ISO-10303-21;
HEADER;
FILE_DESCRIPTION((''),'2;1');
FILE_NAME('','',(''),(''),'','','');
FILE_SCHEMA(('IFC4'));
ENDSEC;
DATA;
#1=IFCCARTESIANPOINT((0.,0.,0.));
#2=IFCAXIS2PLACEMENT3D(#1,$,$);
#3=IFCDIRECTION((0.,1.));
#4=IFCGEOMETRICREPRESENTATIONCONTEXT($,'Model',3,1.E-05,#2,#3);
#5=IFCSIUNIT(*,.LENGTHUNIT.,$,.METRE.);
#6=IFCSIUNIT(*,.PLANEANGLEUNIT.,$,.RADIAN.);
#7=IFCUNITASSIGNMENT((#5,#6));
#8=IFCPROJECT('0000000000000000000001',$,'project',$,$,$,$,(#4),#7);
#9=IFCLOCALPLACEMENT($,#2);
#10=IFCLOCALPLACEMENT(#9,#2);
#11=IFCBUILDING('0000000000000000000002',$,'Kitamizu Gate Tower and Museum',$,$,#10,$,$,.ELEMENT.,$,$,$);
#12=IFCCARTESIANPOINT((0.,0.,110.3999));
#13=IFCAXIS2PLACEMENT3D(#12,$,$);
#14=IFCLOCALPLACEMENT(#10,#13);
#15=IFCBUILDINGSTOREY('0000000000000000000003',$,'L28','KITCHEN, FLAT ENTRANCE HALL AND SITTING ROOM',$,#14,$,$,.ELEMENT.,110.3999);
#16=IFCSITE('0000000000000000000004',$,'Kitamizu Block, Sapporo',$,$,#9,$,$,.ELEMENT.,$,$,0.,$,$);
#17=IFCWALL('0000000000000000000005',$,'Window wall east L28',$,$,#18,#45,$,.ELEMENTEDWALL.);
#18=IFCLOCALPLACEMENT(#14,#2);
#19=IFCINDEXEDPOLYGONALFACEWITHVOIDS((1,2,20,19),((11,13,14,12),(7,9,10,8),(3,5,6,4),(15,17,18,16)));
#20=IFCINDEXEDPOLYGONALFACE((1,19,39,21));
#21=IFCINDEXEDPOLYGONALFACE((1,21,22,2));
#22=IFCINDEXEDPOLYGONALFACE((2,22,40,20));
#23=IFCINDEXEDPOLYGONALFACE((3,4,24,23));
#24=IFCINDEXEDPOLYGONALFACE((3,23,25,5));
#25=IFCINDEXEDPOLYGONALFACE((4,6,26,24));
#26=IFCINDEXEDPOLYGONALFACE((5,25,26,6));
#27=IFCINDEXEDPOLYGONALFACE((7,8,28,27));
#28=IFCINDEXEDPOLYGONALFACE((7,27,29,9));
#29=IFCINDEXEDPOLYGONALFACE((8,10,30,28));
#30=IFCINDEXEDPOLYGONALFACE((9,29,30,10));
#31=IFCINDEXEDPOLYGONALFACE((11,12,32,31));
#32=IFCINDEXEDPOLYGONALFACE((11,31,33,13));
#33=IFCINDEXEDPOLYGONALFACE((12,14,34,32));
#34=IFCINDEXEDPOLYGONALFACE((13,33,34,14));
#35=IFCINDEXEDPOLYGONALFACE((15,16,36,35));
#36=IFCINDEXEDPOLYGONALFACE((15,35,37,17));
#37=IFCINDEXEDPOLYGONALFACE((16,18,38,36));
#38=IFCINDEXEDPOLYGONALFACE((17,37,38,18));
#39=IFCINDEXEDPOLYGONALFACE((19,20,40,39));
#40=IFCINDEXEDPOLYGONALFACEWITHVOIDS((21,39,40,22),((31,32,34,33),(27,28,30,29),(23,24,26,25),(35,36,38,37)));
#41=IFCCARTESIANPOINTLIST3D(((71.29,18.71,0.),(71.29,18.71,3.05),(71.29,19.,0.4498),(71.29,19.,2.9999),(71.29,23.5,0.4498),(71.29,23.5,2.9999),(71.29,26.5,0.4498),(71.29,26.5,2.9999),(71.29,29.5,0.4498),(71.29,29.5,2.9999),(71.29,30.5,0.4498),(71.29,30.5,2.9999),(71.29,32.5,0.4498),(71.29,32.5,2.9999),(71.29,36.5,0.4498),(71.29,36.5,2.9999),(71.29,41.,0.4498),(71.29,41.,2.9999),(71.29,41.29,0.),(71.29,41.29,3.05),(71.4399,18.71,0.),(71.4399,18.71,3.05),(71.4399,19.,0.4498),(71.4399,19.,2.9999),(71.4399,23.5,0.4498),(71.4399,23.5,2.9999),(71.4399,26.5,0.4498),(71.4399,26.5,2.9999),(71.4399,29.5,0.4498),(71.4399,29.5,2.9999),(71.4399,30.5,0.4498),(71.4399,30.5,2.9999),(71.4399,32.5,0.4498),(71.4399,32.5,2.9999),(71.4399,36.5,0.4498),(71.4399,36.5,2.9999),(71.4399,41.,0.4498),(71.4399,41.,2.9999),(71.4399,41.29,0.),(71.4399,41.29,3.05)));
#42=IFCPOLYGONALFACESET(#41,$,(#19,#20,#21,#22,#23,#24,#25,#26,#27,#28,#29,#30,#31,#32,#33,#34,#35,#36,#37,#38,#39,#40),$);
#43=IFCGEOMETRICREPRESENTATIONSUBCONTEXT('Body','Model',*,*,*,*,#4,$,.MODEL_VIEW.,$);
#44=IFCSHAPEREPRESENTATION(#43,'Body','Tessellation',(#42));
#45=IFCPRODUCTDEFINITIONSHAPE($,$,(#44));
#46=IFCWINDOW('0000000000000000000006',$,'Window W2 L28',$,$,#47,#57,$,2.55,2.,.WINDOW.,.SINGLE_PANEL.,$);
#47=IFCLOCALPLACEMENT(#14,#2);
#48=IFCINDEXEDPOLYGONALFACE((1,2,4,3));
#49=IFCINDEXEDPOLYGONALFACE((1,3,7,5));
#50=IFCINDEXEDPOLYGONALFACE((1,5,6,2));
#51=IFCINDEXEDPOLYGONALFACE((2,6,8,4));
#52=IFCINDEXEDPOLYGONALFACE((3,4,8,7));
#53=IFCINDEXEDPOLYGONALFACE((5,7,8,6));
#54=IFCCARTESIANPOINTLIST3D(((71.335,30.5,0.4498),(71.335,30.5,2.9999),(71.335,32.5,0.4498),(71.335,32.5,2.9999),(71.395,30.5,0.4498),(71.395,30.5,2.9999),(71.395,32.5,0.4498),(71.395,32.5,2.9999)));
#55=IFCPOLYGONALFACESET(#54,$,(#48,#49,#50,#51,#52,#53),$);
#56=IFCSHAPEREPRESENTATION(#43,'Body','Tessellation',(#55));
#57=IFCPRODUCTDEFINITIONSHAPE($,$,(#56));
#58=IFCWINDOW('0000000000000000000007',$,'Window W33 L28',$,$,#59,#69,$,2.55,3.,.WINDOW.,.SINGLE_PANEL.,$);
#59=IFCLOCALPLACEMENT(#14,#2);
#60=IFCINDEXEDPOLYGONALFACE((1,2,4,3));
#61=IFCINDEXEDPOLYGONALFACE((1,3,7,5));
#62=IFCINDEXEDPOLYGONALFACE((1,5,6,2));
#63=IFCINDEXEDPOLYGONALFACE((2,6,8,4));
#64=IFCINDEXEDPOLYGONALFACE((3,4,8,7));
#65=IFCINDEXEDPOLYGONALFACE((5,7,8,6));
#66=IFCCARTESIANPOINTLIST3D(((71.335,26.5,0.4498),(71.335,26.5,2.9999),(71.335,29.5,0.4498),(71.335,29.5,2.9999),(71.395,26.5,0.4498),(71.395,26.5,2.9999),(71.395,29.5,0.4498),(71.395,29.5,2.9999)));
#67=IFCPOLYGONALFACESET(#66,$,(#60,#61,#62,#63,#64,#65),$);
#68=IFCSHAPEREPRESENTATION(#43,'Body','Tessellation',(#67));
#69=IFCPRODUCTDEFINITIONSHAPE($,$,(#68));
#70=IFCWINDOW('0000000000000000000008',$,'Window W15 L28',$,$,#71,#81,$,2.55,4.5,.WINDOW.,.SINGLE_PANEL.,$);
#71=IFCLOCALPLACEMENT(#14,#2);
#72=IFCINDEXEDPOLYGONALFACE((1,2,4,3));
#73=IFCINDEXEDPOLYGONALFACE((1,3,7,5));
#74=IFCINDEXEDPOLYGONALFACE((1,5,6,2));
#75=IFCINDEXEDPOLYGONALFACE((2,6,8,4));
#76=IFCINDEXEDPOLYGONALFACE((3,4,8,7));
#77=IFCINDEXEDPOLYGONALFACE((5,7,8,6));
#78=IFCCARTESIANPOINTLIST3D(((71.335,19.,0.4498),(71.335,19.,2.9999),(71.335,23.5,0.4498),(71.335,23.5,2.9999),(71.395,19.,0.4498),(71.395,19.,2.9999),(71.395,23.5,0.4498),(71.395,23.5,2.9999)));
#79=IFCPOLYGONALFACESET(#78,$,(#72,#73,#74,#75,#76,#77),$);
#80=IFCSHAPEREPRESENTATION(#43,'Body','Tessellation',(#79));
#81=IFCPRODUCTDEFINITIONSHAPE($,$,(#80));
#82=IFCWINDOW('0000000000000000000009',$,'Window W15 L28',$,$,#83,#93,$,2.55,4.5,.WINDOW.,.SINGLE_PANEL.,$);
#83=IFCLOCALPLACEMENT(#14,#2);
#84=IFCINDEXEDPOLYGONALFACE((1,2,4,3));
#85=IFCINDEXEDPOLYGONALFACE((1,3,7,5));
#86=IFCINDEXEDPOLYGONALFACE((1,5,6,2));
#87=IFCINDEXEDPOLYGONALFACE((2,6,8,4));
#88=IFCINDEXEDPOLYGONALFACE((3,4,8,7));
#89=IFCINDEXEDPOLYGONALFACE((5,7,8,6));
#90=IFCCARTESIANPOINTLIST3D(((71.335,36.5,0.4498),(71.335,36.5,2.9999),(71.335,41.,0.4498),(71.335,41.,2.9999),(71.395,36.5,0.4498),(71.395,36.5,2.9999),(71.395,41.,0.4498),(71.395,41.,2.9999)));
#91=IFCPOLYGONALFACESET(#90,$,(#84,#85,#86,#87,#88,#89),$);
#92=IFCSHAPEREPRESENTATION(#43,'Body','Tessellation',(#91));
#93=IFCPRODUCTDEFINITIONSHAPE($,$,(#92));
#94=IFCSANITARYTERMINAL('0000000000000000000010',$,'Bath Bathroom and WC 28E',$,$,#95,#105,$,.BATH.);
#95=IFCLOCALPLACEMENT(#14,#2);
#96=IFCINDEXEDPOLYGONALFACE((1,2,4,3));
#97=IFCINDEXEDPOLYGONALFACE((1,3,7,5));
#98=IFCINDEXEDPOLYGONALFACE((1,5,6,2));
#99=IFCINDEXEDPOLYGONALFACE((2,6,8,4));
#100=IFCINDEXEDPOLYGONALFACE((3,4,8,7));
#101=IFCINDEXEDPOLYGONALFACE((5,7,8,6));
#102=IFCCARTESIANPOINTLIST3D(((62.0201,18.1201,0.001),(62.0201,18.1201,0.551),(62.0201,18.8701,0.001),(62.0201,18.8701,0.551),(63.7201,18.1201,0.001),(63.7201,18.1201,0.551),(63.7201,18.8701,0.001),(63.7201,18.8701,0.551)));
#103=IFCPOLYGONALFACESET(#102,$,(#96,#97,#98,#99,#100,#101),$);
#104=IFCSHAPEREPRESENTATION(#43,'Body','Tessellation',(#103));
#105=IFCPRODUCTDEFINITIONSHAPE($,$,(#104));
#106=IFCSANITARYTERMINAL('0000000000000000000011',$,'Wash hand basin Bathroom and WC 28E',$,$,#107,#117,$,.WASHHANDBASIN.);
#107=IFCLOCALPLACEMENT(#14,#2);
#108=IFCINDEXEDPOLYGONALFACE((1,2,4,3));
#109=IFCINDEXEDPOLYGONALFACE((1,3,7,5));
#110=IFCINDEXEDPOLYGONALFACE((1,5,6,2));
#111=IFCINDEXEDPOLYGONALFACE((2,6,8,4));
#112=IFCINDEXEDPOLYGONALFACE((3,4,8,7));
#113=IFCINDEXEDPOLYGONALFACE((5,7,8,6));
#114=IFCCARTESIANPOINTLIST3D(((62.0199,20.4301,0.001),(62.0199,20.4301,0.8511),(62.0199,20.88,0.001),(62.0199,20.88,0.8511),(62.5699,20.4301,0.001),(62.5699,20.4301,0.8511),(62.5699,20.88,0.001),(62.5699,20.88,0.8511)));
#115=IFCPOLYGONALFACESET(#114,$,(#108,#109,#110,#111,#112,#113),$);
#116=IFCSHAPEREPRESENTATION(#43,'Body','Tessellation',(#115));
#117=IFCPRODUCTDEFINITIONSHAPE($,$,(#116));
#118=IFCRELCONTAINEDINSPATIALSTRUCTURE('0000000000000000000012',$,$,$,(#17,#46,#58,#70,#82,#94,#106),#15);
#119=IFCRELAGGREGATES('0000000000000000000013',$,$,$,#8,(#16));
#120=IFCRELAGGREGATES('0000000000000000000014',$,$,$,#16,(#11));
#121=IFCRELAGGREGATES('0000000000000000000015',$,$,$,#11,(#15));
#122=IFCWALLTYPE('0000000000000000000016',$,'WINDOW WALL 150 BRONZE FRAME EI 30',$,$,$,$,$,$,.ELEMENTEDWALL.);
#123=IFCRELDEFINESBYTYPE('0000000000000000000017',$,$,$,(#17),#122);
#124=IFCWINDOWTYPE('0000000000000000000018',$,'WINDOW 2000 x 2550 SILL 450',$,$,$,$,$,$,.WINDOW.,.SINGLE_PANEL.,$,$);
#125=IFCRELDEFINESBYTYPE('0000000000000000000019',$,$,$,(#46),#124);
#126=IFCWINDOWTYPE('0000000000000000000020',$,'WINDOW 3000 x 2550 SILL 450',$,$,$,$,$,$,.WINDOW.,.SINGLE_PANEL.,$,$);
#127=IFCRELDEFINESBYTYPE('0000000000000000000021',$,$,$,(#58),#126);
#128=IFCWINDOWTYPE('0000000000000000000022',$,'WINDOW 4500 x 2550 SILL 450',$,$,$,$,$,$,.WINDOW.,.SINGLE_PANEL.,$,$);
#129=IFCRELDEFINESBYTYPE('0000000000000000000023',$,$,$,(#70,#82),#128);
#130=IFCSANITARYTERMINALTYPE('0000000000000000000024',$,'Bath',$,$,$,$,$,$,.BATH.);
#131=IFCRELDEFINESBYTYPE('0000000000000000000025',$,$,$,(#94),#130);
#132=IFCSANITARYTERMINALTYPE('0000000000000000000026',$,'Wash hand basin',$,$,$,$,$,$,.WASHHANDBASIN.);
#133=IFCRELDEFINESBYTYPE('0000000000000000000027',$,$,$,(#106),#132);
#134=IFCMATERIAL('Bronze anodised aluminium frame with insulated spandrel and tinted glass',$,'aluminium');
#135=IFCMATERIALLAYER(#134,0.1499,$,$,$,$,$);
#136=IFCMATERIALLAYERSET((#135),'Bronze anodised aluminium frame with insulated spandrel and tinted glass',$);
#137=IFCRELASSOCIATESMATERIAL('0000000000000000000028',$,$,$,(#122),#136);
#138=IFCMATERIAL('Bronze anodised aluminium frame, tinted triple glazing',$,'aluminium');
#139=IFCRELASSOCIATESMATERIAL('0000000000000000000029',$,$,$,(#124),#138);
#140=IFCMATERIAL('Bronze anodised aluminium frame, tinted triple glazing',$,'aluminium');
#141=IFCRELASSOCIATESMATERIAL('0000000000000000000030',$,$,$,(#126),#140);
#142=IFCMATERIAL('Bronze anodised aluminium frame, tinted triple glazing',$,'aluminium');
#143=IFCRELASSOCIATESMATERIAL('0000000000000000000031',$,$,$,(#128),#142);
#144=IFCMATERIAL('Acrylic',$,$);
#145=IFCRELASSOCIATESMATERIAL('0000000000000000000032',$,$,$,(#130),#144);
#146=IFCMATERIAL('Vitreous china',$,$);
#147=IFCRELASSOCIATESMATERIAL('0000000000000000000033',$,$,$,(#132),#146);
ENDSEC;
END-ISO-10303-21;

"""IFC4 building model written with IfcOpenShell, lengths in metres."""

from ifc_helpers import new_model, si_unit, direction, frame, frame_2d, origin, origin_2d, place, context, subcontext, project, spatial, rectangle, extrude, material, layer, layer_set, type_object, element, fill, save


model = new_model("IFC4")

# Units and contexts
model_context = context("Model", 3, precision=1e-05, world=origin(), true_north=direction((0.0, 1.0)))
body_context = subcontext(model_context, "Body", "Model", "MODEL_VIEW")
ifc_project = project(units=[si_unit("LENGTHUNIT", "METRE"), si_unit("PLANEANGLEUNIT", "RADIAN")], contexts=[model_context])

# Site, building, storey
site_placement = place(None, origin())
site = spatial("IfcSite", under=ifc_project, at=site_placement, Name="Kitamizu Block, Sapporo", CompositionType="ELEMENT", RefElevation=0.0)
building_placement = place(site_placement, origin())
building = spatial("IfcBuilding", under=site, at=building_placement, Name="Kitamizu Gate Tower and Museum", CompositionType="ELEMENT")
storey_placement = place(building_placement, frame((0.0, 0.0, 110.3999)))
storey = spatial("IfcBuildingStorey", under=building, at=storey_placement, Name="L28", Description="KITCHEN, FLAT ENTRANCE HALL AND SITTING ROOM", CompositionType="ELEMENT", Elevation=110.3999)

# Shared definitions
ifc_material_1 = material(Name="Bronze anodised aluminium frame with insulated spandrel and tinted glass", Category="aluminium")
ifc_layer_1 = layer(ifc_material_1, 0.1499)
ifc_layer_set_1 = layer_set([ifc_layer_1], Name="Bronze anodised aluminium frame with insulated spandrel and tinted glass")
wall_type_1 = type_object("IfcWallType", Name="WINDOW WALL 150 BRONZE FRAME EI 30", PredefinedType="ELEMENTEDWALL", material=ifc_layer_set_1)

# Wall, openings, windows
wall_1_placement = place(storey_placement, frame((71.365, 18.71, 0.0), z_axis=(0.0, 0.0, 1.0), x_axis=(0.0, 1.0, 0.0)))
wall_1 = element("IfcWall", 1, at=wall_1_placement, inside=storey, type_object=wall_type_1, Name="Window wall east L28", PredefinedType="ELEMENTEDWALL", context=body_context, shape_type="SweptSolid", body=[
    extrude(rectangle(XDim=22.5801, YDim=0.1499, at=frame_2d((11.29, 0.0))), origin(), (0.0, 0.0, 1.0), 3.05),
])
opening_1_placement = place(wall_1_placement, frame((0.29, 0.0, 0.45)))
opening_1 = element("IfcOpeningElement", 2, at=opening_1_placement, cuts=wall_1, PredefinedType="OPENING", context=body_context, shape_type="SweptSolid", body=[
    extrude(rectangle(XDim=4.5, YDim=2.55, at=frame_2d((2.25, 1.2749))), frame((0.0, 0.085, 0.0), z_axis=(0.0, -1.0, 0.0), x_axis=(1.0, 0.0, 0.0)), (0.0, 0.0, 1.0), 0.1699),
])
opening_2_placement = place(wall_1_placement, frame((7.79, 0.0, 0.45)))
opening_2 = element("IfcOpeningElement", 3, at=opening_2_placement, cuts=wall_1, PredefinedType="OPENING", context=body_context, shape_type="SweptSolid", body=[
    extrude(rectangle(XDim=3.0, YDim=2.55, at=frame_2d((1.5, 1.2749))), frame((0.0, 0.085, 0.0), z_axis=(0.0, -1.0, 0.0), x_axis=(1.0, 0.0, 0.0)), (0.0, 0.0, 1.0), 0.1699),
])
opening_3_placement = place(wall_1_placement, frame((11.79, 0.0, 0.45)))
opening_3 = element("IfcOpeningElement", 4, at=opening_3_placement, cuts=wall_1, PredefinedType="OPENING", context=body_context, shape_type="SweptSolid", body=[
    extrude(rectangle(XDim=2.0, YDim=2.55, at=frame_2d((1.0, 1.2749))), frame((0.0, 0.085, 0.0), z_axis=(0.0, -1.0, 0.0), x_axis=(1.0, 0.0, 0.0)), (0.0, 0.0, 1.0), 0.1699),
])
opening_4_placement = place(wall_1_placement, frame((17.79, 0.0, 0.45)))
opening_4 = element("IfcOpeningElement", 5, at=opening_4_placement, cuts=wall_1, PredefinedType="OPENING", context=body_context, shape_type="SweptSolid", body=[
    extrude(rectangle(XDim=4.5, YDim=2.55, at=frame_2d((2.25, 1.2749))), frame((0.0, 0.085, 0.0), z_axis=(0.0, -1.0, 0.0), x_axis=(1.0, 0.0, 0.0)), (0.0, 0.0, 1.0), 0.1699),
])
ifc_material_2 = material(Name="Bronze anodised aluminium frame, tinted triple glazing", Category="aluminium")
window_type_1 = type_object("IfcWindowType", Name="WINDOW 2000 x 2550 SILL 450", PartitioningType="SINGLE_PANEL", PredefinedType="WINDOW", material=ifc_material_2)
window_1_placement = place(opening_3_placement, origin())
window_1 = element("IfcWindow", 6, at=window_1_placement, inside=storey, type_object=window_type_1, Name="Window W2 L28", OverallHeight=2.55, OverallWidth=2.0, PartitioningType="SINGLE_PANEL", PredefinedType="WINDOW", context=body_context, shape_type="SweptSolid", body=[
    extrude(rectangle(XDim=2.0, YDim=2.55, at=frame_2d((1.0, 1.2749))), frame((0.0, 0.03, 0.0), z_axis=(0.0, -1.0, 0.0), x_axis=(1.0, 0.0, 0.0)), (0.0, 0.0, 1.0), 0.0601),
])
fill(opening_3, window_1)
ifc_material_3 = material(Name="Bronze anodised aluminium frame, tinted triple glazing", Category="aluminium")
window_type_2 = type_object("IfcWindowType", Name="WINDOW 3000 x 2550 SILL 450", PartitioningType="SINGLE_PANEL", PredefinedType="WINDOW", material=ifc_material_3)
window_2_placement = place(opening_2_placement, origin())
window_2 = element("IfcWindow", 7, at=window_2_placement, inside=storey, type_object=window_type_2, Name="Window W33 L28", OverallHeight=2.55, OverallWidth=3.0, PartitioningType="SINGLE_PANEL", PredefinedType="WINDOW", context=body_context, shape_type="SweptSolid", body=[
    extrude(rectangle(XDim=3.0, YDim=2.55, at=frame_2d((1.5, 1.2749))), frame((0.0, 0.03, 0.0), z_axis=(0.0, -1.0, 0.0), x_axis=(1.0, 0.0, 0.0)), (0.0, 0.0, 1.0), 0.0601),
])
fill(opening_2, window_2)
ifc_material_4 = material(Name="Bronze anodised aluminium frame, tinted triple glazing", Category="aluminium")
window_type_3 = type_object("IfcWindowType", Name="WINDOW 4500 x 2550 SILL 450", PartitioningType="SINGLE_PANEL", PredefinedType="WINDOW", material=ifc_material_4)
window_3_placement = place(opening_1_placement, origin())
window_3 = element("IfcWindow", 8, at=window_3_placement, inside=storey, type_object=window_type_3, Name="Window W15 L28", OverallHeight=2.55, OverallWidth=4.5, PartitioningType="SINGLE_PANEL", PredefinedType="WINDOW", context=body_context, shape_type="SweptSolid", body=[
    extrude(rectangle(XDim=4.5, YDim=2.55, at=frame_2d((2.25, 1.2749))), frame((0.0, 0.03, 0.0), z_axis=(0.0, -1.0, 0.0), x_axis=(1.0, 0.0, 0.0)), (0.0, 0.0, 1.0), 0.0601),
])
fill(opening_1, window_3)
window_4_placement = place(opening_4_placement, origin())
window_4 = element("IfcWindow", 9, at=window_4_placement, inside=storey, type_object=window_type_3, Name="Window W15 L28", OverallHeight=2.55, OverallWidth=4.5, PartitioningType="SINGLE_PANEL", PredefinedType="WINDOW", context=body_context, shape_type="SweptSolid", body=[
    extrude(rectangle(XDim=4.5, YDim=2.55, at=frame_2d((2.25, 1.2749))), frame((0.0, 0.03, 0.0), z_axis=(0.0, -1.0, 0.0), x_axis=(1.0, 0.0, 0.0)), (0.0, 0.0, 1.0), 0.0601),
])
fill(opening_4, window_4)

# Sanitary terminals
ifc_material_5 = material(Name="Acrylic")
sanitary_terminal_type_1 = type_object("IfcSanitaryTerminalType", Name="Bath", PredefinedType="BATH", material=ifc_material_5)
sanitary_terminal_1_placement = place(storey_placement, frame((62.8701, 18.4951, 0.001), z_axis=(0.0, 0.0, 1.0), x_axis=(1.0, 0.0, 0.0)))
element("IfcSanitaryTerminal", 10, at=sanitary_terminal_1_placement, inside=storey, type_object=sanitary_terminal_type_1, Name="Bath Bathroom and WC 28E", PredefinedType="BATH", context=body_context, shape_type="SweptSolid", body=[
    extrude(rectangle(XDim=1.7, YDim=0.75, at=origin_2d()), origin(), (0.0, 0.0, 1.0), 0.55),
])
ifc_material_6 = material(Name="Vitreous china")
sanitary_terminal_type_2 = type_object("IfcSanitaryTerminalType", Name="Wash hand basin", PredefinedType="WASHHANDBASIN", material=ifc_material_6)
sanitary_terminal_2_placement = place(storey_placement, frame((62.2949, 20.655, 0.001), z_axis=(0.0, 0.0, 1.0), x_axis=(1.0, 0.0, 0.0)))
element("IfcSanitaryTerminal", 11, at=sanitary_terminal_2_placement, inside=storey, type_object=sanitary_terminal_type_2, Name="Wash hand basin Bathroom and WC 28E", PredefinedType="WASHHANDBASIN", context=body_context, shape_type="SweptSolid", body=[
    extrude(rectangle(XDim=0.55, YDim=0.45, at=origin_2d()), origin(), (0.0, 0.0, 1.0), 0.8501),
])

save(model, "model.ifc")
